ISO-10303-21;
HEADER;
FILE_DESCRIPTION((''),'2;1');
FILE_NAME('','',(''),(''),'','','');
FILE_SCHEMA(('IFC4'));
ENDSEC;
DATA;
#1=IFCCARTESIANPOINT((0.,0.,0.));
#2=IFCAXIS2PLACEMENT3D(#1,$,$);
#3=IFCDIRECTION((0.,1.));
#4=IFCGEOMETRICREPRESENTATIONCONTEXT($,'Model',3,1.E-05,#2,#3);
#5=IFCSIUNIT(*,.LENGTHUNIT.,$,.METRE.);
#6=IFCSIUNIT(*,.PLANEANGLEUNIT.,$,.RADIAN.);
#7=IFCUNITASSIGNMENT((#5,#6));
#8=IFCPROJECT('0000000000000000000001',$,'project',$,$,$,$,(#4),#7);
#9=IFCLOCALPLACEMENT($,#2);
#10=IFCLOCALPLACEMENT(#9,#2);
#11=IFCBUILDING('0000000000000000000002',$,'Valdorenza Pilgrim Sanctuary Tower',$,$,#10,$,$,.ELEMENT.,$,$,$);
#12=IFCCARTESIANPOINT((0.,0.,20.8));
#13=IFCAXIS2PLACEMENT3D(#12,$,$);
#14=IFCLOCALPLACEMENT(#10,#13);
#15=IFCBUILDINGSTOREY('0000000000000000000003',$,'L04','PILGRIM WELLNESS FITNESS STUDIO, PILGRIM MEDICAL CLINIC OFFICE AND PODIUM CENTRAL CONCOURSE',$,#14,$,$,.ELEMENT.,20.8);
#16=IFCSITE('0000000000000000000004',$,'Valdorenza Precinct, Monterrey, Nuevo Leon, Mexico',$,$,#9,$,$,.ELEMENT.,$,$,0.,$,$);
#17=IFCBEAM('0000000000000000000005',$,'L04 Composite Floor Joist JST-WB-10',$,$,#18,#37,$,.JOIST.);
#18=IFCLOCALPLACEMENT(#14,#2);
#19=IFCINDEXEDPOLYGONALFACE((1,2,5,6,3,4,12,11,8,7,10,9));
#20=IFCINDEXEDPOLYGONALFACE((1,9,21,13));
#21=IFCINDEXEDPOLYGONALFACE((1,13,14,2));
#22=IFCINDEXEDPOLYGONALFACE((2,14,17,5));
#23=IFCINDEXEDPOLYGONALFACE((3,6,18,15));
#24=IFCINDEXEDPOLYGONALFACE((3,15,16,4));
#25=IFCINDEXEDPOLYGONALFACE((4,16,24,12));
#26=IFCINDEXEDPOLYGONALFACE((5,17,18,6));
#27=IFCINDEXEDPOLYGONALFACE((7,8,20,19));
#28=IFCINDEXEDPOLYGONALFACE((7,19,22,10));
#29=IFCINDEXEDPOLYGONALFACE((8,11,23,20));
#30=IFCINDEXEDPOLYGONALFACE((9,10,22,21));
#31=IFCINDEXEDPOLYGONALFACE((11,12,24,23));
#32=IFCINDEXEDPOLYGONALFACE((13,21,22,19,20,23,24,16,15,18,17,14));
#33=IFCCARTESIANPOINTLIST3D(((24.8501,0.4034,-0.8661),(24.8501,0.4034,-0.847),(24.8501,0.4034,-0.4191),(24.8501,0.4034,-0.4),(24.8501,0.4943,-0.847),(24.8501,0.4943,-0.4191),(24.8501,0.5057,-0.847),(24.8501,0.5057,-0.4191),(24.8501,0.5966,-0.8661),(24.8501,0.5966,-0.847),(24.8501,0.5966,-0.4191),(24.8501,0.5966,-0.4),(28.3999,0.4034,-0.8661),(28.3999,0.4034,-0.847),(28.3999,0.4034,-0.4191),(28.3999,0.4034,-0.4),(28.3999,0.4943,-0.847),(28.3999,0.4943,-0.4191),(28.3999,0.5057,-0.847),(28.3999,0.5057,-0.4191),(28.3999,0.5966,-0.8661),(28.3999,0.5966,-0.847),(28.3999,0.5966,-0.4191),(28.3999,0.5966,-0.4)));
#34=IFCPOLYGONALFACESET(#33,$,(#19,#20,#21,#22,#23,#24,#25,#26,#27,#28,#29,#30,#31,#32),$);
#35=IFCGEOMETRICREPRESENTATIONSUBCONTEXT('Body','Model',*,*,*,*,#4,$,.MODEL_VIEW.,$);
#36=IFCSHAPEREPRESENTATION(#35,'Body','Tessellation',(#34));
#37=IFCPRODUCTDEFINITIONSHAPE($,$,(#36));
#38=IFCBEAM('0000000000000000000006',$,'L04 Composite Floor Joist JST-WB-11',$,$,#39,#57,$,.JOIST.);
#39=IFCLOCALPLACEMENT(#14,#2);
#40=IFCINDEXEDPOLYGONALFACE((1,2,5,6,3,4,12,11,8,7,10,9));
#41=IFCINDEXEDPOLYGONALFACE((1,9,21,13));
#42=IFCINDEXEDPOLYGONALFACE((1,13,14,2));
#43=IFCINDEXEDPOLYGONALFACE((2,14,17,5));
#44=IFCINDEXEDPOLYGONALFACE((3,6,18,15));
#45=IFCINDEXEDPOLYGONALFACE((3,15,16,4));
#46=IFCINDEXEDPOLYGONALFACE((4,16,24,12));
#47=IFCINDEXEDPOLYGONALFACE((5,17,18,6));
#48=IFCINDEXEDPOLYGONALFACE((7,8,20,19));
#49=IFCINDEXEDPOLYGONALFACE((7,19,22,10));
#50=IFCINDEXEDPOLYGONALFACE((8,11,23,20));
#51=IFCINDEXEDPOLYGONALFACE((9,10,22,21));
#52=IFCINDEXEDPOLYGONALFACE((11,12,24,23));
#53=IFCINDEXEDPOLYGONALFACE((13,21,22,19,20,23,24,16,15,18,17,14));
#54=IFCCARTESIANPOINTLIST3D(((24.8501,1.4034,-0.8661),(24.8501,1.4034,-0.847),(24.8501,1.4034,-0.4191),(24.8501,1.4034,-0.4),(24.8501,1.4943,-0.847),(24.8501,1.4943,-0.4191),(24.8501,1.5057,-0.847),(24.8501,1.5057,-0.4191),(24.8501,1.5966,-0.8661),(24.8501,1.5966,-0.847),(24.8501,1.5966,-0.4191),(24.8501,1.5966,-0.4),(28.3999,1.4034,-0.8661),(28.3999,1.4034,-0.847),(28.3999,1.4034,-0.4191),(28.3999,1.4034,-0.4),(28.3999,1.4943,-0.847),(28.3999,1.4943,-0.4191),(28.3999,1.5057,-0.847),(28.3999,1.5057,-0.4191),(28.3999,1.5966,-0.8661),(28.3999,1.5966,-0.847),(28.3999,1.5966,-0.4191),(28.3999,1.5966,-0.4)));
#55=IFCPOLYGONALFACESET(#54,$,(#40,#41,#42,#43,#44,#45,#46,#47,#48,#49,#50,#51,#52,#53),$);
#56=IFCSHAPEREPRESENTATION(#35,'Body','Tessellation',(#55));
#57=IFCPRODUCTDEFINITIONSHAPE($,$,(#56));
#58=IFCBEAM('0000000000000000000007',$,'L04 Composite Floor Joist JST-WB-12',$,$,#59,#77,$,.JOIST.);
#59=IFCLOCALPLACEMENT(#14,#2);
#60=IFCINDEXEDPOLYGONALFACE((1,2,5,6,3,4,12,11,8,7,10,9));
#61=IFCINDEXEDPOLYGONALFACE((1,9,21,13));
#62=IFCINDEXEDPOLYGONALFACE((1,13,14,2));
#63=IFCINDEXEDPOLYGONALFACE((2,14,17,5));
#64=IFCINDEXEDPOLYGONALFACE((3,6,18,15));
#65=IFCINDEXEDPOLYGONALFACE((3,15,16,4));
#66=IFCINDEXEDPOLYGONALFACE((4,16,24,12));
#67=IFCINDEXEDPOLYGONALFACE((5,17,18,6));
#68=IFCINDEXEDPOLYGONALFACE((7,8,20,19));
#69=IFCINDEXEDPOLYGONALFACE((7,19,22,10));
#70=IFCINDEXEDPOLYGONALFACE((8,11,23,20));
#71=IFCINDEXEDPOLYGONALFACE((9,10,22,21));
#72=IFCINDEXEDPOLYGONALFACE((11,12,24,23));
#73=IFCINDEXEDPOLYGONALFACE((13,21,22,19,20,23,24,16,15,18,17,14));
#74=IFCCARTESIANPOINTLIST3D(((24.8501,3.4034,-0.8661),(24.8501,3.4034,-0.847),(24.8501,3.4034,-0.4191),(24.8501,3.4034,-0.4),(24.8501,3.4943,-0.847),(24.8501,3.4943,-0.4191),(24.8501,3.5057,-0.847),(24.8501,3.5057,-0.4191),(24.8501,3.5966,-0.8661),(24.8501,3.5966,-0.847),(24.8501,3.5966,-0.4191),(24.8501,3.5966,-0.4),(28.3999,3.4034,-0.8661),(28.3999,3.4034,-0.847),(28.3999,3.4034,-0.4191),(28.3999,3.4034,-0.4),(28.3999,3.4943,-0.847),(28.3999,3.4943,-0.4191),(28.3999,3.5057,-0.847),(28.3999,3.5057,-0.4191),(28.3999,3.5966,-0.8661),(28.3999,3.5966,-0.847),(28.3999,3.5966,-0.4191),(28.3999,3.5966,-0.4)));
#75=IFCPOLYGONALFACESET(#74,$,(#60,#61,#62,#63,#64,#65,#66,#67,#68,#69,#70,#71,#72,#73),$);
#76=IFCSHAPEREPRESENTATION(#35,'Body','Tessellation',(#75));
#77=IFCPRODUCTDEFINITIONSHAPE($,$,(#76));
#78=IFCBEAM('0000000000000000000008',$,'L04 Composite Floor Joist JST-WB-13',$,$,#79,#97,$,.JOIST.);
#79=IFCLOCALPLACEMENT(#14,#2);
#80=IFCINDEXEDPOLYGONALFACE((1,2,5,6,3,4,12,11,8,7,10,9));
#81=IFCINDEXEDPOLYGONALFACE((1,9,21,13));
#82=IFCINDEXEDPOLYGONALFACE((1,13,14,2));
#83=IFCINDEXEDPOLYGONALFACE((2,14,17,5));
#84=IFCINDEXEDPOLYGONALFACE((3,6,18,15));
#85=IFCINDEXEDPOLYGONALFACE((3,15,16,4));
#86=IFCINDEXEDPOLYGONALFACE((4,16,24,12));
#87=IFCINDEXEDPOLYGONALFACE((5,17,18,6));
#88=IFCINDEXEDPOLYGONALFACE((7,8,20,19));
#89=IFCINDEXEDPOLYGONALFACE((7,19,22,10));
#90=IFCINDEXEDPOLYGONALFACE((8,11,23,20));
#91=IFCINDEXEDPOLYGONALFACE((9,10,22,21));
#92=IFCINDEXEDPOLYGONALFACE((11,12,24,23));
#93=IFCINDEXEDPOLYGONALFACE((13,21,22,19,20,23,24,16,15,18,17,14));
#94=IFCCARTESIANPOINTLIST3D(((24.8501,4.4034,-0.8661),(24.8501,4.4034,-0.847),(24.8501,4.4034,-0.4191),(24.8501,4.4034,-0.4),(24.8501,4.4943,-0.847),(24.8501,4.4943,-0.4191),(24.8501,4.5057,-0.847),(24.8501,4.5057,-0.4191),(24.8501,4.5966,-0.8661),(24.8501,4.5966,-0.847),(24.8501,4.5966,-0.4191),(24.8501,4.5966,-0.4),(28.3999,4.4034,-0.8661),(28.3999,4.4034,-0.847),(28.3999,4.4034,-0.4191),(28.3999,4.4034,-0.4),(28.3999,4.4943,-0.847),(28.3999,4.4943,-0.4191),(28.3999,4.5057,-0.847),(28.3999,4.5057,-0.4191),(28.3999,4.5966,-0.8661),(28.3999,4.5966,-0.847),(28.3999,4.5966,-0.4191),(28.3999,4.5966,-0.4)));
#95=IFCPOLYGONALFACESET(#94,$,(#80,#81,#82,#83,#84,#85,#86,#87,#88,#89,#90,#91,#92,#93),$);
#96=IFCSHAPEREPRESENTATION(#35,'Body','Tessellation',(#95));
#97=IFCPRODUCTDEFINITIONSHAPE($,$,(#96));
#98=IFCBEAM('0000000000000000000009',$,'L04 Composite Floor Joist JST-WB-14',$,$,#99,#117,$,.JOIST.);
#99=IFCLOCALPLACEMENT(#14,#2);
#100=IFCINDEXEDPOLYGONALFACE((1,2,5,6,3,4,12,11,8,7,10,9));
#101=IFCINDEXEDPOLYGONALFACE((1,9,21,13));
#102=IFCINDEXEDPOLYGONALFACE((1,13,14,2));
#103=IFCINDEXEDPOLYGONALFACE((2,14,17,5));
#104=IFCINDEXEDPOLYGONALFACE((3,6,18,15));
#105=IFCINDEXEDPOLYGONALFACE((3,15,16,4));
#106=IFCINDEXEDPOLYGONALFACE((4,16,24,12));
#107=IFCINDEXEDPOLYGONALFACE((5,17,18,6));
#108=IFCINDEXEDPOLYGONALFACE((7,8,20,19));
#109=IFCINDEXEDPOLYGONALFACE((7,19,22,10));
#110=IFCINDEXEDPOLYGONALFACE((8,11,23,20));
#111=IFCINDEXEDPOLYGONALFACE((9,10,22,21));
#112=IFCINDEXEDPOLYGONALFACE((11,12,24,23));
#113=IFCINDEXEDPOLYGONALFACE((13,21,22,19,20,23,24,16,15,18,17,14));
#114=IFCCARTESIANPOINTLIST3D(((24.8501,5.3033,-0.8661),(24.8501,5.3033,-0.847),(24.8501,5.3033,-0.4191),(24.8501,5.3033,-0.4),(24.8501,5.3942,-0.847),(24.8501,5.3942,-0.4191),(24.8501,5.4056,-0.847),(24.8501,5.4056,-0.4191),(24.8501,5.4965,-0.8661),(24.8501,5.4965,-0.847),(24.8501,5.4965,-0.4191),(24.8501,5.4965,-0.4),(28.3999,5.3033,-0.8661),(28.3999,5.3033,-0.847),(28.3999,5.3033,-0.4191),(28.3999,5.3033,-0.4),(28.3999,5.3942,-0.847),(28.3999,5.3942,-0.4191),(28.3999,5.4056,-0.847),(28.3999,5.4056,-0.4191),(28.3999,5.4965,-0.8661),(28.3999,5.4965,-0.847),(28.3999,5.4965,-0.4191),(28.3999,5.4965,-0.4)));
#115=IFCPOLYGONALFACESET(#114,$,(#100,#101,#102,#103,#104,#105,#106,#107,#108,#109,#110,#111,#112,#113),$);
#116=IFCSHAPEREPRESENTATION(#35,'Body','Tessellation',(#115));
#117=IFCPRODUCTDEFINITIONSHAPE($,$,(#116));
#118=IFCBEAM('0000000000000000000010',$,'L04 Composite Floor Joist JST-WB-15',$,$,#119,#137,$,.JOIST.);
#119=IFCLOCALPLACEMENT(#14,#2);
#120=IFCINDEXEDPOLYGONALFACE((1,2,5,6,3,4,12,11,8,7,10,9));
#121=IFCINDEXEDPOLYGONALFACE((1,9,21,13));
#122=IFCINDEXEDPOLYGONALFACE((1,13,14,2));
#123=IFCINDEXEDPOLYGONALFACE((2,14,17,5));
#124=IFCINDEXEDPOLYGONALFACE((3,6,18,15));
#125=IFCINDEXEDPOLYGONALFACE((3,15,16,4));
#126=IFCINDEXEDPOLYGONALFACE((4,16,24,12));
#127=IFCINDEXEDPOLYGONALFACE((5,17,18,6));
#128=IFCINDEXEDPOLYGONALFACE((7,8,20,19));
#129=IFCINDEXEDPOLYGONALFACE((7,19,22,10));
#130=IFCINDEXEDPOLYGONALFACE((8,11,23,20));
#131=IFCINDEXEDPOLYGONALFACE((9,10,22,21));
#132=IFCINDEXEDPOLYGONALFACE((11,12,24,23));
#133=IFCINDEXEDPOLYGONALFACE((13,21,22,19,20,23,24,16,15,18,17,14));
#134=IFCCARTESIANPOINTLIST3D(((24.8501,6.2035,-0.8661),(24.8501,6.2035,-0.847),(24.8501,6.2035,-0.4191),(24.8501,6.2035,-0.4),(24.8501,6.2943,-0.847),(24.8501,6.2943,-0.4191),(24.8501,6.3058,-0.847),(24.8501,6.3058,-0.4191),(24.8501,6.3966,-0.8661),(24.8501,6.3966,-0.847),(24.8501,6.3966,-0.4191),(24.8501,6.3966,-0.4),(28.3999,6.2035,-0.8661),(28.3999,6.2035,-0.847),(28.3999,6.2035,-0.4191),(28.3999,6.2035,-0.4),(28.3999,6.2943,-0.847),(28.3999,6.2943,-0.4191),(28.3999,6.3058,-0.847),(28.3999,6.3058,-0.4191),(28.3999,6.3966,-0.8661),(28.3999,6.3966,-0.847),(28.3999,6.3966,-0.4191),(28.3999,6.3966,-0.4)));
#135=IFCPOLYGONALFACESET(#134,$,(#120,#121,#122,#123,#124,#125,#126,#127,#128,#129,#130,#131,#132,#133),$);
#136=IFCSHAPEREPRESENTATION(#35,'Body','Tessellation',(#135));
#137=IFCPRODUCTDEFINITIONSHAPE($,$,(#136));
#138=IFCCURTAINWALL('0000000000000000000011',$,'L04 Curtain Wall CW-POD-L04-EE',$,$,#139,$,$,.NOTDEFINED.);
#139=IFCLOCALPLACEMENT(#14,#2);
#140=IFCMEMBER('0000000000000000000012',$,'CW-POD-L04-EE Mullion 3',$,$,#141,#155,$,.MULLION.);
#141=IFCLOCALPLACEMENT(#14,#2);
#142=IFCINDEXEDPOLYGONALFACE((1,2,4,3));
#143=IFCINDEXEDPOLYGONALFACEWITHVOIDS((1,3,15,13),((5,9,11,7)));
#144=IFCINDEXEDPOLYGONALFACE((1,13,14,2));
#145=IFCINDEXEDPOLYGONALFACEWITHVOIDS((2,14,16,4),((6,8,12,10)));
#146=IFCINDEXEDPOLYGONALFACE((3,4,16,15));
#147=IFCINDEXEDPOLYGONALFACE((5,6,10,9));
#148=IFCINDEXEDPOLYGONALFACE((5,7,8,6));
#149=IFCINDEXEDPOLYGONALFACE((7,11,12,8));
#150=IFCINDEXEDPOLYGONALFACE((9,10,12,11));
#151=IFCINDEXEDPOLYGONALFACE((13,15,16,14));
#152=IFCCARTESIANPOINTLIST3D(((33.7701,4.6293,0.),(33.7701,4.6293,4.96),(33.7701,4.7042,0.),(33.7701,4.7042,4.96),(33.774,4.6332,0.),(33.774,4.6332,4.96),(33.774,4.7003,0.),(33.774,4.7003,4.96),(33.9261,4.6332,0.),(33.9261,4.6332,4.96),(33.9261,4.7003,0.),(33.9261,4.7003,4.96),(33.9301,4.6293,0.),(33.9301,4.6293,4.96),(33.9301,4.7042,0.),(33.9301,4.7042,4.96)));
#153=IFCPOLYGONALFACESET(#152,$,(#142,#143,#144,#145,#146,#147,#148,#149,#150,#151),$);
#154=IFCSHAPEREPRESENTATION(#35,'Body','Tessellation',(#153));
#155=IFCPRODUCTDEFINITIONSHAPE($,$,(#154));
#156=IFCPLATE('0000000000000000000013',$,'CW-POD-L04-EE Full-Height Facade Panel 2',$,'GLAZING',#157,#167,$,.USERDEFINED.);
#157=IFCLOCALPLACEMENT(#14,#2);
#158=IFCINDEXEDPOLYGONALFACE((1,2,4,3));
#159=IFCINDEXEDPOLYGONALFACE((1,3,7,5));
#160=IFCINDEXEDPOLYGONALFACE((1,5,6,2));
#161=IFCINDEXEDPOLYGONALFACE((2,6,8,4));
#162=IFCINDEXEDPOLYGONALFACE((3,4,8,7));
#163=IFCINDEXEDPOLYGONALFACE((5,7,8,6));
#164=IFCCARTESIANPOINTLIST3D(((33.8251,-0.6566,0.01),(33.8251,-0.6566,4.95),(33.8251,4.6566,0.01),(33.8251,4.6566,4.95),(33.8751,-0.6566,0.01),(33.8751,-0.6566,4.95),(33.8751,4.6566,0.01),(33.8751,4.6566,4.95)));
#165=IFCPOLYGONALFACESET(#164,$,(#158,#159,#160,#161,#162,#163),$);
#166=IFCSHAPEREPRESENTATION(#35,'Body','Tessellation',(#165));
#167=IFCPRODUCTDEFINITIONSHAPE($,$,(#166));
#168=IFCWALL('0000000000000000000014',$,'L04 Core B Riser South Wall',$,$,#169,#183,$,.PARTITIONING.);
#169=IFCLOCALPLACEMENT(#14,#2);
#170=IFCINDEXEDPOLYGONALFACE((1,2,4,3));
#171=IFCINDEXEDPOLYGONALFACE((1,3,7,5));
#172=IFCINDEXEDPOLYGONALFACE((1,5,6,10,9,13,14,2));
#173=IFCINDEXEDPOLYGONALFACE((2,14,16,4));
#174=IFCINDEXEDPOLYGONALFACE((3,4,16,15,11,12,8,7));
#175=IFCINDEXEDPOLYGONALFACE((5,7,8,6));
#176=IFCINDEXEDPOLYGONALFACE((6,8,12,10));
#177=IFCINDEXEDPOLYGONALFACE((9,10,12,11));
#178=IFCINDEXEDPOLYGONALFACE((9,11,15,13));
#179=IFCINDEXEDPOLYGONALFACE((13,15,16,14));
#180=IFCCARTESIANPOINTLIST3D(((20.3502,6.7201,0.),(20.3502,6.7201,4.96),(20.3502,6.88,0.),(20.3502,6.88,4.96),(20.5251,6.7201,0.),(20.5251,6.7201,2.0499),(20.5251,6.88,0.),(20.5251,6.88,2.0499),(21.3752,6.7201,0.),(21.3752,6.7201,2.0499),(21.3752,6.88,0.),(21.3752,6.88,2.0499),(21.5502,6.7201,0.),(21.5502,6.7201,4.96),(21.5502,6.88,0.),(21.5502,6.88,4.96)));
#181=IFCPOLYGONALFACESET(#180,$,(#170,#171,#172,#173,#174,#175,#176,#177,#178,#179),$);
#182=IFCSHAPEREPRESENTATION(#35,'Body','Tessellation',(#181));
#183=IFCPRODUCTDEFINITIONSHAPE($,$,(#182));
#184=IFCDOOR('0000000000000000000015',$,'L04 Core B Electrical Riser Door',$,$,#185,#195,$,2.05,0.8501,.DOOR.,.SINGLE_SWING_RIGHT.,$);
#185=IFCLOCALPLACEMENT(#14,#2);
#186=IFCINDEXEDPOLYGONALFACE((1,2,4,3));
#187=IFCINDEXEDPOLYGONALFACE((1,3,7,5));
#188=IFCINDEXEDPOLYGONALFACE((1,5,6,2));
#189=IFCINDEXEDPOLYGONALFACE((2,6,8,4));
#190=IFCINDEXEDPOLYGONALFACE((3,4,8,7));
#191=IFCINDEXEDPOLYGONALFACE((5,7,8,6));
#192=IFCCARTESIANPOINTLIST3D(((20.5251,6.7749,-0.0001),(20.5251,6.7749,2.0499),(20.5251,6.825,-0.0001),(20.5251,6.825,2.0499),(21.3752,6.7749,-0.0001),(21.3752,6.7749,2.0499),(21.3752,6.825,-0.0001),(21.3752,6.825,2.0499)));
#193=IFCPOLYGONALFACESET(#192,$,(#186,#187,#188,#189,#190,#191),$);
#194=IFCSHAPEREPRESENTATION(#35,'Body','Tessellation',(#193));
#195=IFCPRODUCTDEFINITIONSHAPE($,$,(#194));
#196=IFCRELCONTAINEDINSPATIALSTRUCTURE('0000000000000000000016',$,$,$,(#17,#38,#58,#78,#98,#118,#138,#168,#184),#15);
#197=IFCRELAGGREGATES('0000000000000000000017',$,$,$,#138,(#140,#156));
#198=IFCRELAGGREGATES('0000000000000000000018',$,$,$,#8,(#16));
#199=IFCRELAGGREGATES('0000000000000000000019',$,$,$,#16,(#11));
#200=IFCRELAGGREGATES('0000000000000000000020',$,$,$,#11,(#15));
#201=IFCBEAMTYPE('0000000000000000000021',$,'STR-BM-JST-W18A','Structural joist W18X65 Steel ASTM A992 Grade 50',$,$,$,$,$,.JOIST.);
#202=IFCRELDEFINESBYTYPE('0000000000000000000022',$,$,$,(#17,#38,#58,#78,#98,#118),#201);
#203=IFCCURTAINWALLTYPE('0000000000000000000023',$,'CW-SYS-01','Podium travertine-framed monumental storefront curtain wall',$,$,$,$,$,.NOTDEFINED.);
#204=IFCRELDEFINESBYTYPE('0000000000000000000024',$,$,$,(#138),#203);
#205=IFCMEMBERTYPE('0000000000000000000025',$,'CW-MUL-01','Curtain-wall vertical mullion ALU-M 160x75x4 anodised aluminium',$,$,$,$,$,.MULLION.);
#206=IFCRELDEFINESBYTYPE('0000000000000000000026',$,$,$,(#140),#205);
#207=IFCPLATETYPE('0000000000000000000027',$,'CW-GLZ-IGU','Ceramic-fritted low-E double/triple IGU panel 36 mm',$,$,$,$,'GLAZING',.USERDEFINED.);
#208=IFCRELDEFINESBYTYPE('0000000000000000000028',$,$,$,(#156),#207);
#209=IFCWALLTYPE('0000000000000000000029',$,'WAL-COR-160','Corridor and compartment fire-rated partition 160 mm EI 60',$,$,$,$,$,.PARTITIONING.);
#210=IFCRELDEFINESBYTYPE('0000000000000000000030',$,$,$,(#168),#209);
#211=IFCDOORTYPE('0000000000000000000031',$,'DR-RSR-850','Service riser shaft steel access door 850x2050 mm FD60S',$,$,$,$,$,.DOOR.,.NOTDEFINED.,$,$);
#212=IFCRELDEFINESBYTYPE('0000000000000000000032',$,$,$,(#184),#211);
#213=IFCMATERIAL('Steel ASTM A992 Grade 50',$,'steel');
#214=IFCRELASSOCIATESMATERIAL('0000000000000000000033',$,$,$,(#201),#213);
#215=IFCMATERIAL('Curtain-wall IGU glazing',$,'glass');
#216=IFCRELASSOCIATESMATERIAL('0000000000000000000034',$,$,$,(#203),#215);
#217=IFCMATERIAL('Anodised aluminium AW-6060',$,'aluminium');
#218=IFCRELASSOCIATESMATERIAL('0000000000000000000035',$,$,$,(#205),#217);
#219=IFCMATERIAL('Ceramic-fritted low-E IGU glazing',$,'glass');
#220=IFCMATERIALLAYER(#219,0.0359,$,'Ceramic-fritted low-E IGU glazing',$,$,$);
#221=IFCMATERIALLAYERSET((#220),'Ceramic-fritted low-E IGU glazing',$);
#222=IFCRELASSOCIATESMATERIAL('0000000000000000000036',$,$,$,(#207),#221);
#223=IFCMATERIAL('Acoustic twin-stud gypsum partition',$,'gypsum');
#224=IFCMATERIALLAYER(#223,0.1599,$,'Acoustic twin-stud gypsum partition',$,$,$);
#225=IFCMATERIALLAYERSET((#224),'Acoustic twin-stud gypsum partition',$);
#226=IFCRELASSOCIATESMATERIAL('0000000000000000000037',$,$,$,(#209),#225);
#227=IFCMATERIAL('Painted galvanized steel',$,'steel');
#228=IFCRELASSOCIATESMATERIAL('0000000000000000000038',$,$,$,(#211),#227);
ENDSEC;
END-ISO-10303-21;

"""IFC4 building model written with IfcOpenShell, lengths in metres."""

from ifc_helpers import new_model, si_unit, direction, frame, frame_2d, origin, origin_2d, place, context, subcontext, project, spatial, rectangle, hollow_rectangle, i_section, extrude, source, transform, mapped, material, layer, layer_set, material_profile, profile_set, type_object, element, fill, aggregate, save


model = new_model("IFC4")

# Units and contexts
model_context = context("Model", 3, precision=1e-05, world=origin(), true_north=direction((0.0, 1.0)))
body_context = subcontext(model_context, "Body", "Model", "MODEL_VIEW")
ifc_project = project(units=[si_unit("LENGTHUNIT", "METRE"), si_unit("PLANEANGLEUNIT", "RADIAN")], contexts=[model_context])

# Site, building, storey
site_placement = place(None, origin())
site = spatial("IfcSite", under=ifc_project, at=site_placement, Name="Valdorenza Precinct, Monterrey, Nuevo Leon, Mexico", CompositionType="ELEMENT", RefElevation=0.0)
building_placement = place(site_placement, origin())
building = spatial("IfcBuilding", under=site, at=building_placement, Name="Valdorenza Pilgrim Sanctuary Tower", CompositionType="ELEMENT")
storey_placement = place(building_placement, frame((0.0, 0.0, 20.8)))
storey = spatial("IfcBuildingStorey", under=building, at=storey_placement, Name="L04", Description="PILGRIM WELLNESS FITNESS STUDIO, PILGRIM MEDICAL CLINIC OFFICE AND PODIUM CENTRAL CONCOURSE", CompositionType="ELEMENT", Elevation=20.8)

# Beams
ifc_material_1 = material(Name="Steel ASTM A992 Grade 50", Category="steel")
ifc_material_profile_1 = material_profile(ifc_material_1, i_section(OverallWidth=0.1931, OverallDepth=0.4661, WebThickness=0.0115, FlangeThickness=0.019, at=origin_2d()), Name="W18X65")
ifc_profile_set_1 = profile_set([ifc_material_profile_1], Name="Steel ASTM A992 Grade 50")
beam_type = type_object("IfcBeamType", Name="STR-BM-JST-W18A", Description="Structural joist W18X65 Steel ASTM A992 Grade 50", PredefinedType="JOIST", material=ifc_profile_set_1)
shared_shape_1 = source(origin(), body_context, "Body", "SweptSolid", [
    extrude(i_section(OverallWidth=0.1931, OverallDepth=0.4661, WebThickness=0.0115, FlangeThickness=0.019, at=origin_2d()), origin(), (0.0, 0.0, 1.0), 3.5498),
])
for number, where, z_axis, x_axis, name in (
    (1, (24.8501, 0.5, -0.6331), (1.0, 0.0, 0.0), (0.0, 1.0, 0.0), "L04 Composite Floor Joist JST-WB-10"),
    (2, (24.8501, 1.5, -0.6331), (1.0, 0.0, 0.0), (0.0, 1.0, 0.0), "L04 Composite Floor Joist JST-WB-11"),
    (3, (24.8501, 3.5, -0.6331), (1.0, 0.0, 0.0), (0.0, 1.0, 0.0), "L04 Composite Floor Joist JST-WB-12"),
    (4, (24.8501, 4.5, -0.6331), (1.0, 0.0, 0.0), (0.0, 1.0, 0.0), "L04 Composite Floor Joist JST-WB-13"),
    (5, (24.8501, 5.3999, -0.6331), (1.0, 0.0, 0.0), (0.0, 1.0, 0.0), "L04 Composite Floor Joist JST-WB-14"),
    (6, (24.8501, 6.3, -0.6331), (1.0, 0.0, 0.0), (0.0, 1.0, 0.0), "L04 Composite Floor Joist JST-WB-15"),
):
    element("IfcBeam", number, at=place(storey_placement, frame(where, z_axis=z_axis, x_axis=x_axis)), inside=storey, type_object=beam_type, Name=name, PredefinedType="JOIST", context=body_context, shape_type="MappedRepresentation", body=[
        mapped(shared_shape_1, transform((0.0, 0.0, 0.0), x_axis=(1.0, 0.0, 0.0), y_axis=(0.0, 1.0, 0.0), z_axis=(0.0, 0.0, 1.0), scale=1.0)),
    ])

# Curtain wall, member, plate
ifc_material_2 = material(Name="Curtain-wall IGU glazing", Category="glass")
curtain_wall_type = type_object("IfcCurtainWallType", Name="CW-SYS-01", Description="Podium travertine-framed monumental storefront curtain wall", PredefinedType="NOTDEFINED", material=ifc_material_2)
curtain_wall_placement = place(storey_placement, origin())
curtain_wall = element("IfcCurtainWall", 7, at=curtain_wall_placement, inside=storey, type_object=curtain_wall_type, Name="L04 Curtain Wall CW-POD-L04-EE", PredefinedType="NOTDEFINED")
ifc_material_3 = material(Name="Anodised aluminium AW-6060", Category="aluminium")
ifc_material_profile_2 = material_profile(ifc_material_3, hollow_rectangle(XDim=0.075, YDim=0.1599, WallThickness=0.0039, at=origin_2d()), Name="ALU-M 160x75x4")
ifc_profile_set_2 = profile_set([ifc_material_profile_2], Name="Anodised aluminium AW-6060")
member_type = type_object("IfcMemberType", Name="CW-MUL-01", Description="Curtain-wall vertical mullion ALU-M 160x75x4 anodised aluminium", PredefinedType="MULLION", material=ifc_profile_set_2)
shared_shape_2 = source(origin(), body_context, "Body", "SweptSolid", [
    extrude(hollow_rectangle(XDim=0.075, YDim=0.1599, WallThickness=0.0039, at=origin_2d()), origin(), (0.0, 0.0, 1.0), 4.96),
])
member_placement = place(storey_placement, frame((33.8501, 4.6667, 0.0), z_axis=(0.0, 0.0, 1.0), x_axis=(0.0, 1.0, 0.0)))
member = element("IfcMember", 8, at=member_placement, type_object=member_type, Name="CW-POD-L04-EE Mullion 3", PredefinedType="MULLION", context=body_context, shape_type="MappedRepresentation", body=[
    mapped(shared_shape_2, transform((0.0, 0.0, 0.0), x_axis=(1.0, 0.0, 0.0), y_axis=(0.0, 1.0, 0.0), z_axis=(0.0, 0.0, 1.0), scale=1.0)),
])
ifc_material_4 = material(Name="Ceramic-fritted low-E IGU glazing", Category="glass")
ifc_layer_1 = layer(ifc_material_4, 0.0359, Name="Ceramic-fritted low-E IGU glazing")
ifc_layer_set_1 = layer_set([ifc_layer_1], Name="Ceramic-fritted low-E IGU glazing")
plate_type = type_object("IfcPlateType", Name="CW-GLZ-IGU", Description="Ceramic-fritted low-E double/triple IGU panel 36 mm", ElementType="GLAZING", PredefinedType="USERDEFINED", material=ifc_layer_set_1)
shared_shape_3 = source(origin(), body_context, "Body", "SweptSolid", [
    extrude(rectangle(XDim=5.3132, YDim=0.05, at=origin_2d()), origin(), (0.0, 0.0, 1.0), 4.9399),
])
plate_placement = place(storey_placement, frame((33.8501, 2.0, 0.01), z_axis=(0.0, 0.0, 1.0), x_axis=(0.0, 1.0, 0.0)))
plate = element("IfcPlate", 9, at=plate_placement, type_object=plate_type, Name="CW-POD-L04-EE Full-Height Facade Panel 2", ObjectType="GLAZING", PredefinedType="USERDEFINED", context=body_context, shape_type="MappedRepresentation", body=[
    mapped(shared_shape_3, transform((0.0, 0.0, 0.0), x_axis=(1.0, 0.0, 0.0), y_axis=(0.0, 1.0, 0.0), z_axis=(0.0, 0.0, 1.0), scale=1.0)),
])
aggregate(curtain_wall, [member, plate])

# Wall, opening, door
ifc_material_5 = material(Name="Acoustic twin-stud gypsum partition", Category="gypsum")
ifc_layer_2 = layer(ifc_material_5, 0.1599, Name="Acoustic twin-stud gypsum partition")
ifc_layer_set_2 = layer_set([ifc_layer_2], Name="Acoustic twin-stud gypsum partition")
wall_type_1 = type_object("IfcWallType", Name="WAL-COR-160", Description="Corridor and compartment fire-rated partition 160 mm EI 60", PredefinedType="PARTITIONING", material=ifc_layer_set_2)
wall_1_placement = place(storey_placement, frame((20.3501, 6.8, 0.0), z_axis=(0.0, 0.0, 1.0), x_axis=(1.0, 0.0, 0.0)))
wall_1 = element("IfcWall", 10, at=wall_1_placement, inside=storey, type_object=wall_type_1, Name="L04 Core B Riser South Wall", PredefinedType="PARTITIONING", context=body_context, shape_type="SweptSolid", body=[
    extrude(rectangle(XDim=1.2, YDim=0.1599, at=frame_2d((0.6001, 0.0))), origin(), (0.0, 0.0, 1.0), 4.96),
])
opening_1_placement = place(wall_1_placement, frame((0.175, 0.0, 0.0)))
opening_1 = element("IfcOpeningElement", 11, at=opening_1_placement, cuts=wall_1, PredefinedType="OPENING", context=body_context, shape_type="SweptSolid", body=[
    extrude(rectangle(XDim=0.8501, YDim=2.05, at=frame_2d((0.425, 1.0249))), frame((0.0, 0.0947, 0.0), z_axis=(0.0, -1.0, 0.0), x_axis=(1.0, 0.0, 0.0)), (0.0, 0.0, 1.0), 0.1897),
])
ifc_material_6 = material(Name="Painted galvanized steel", Category="steel")
door_type_1 = type_object("IfcDoorType", Name="DR-RSR-850", Description="Service riser shaft steel access door 850x2050 mm FD60S", OperationType="NOTDEFINED", PredefinedType="DOOR", material=ifc_material_6)
door_1_placement = place(opening_1_placement, origin())
door_1 = element("IfcDoor", 12, at=door_1_placement, inside=storey, type_object=door_type_1, Name="L04 Core B Electrical Riser Door", OperationType="SINGLE_SWING_RIGHT", OverallHeight=2.05, OverallWidth=0.8501, PredefinedType="DOOR", context=body_context, shape_type="SweptSolid", body=[
    extrude(rectangle(XDim=0.8501, YDim=2.05, at=frame_2d((0.425, 1.0249))), frame((0.0, 0.0249, 0.0), z_axis=(0.0, -1.0, 0.0), x_axis=(1.0, 0.0, 0.0)), (0.0, 0.0, 1.0), 0.05),
])
fill(opening_1, door_1)

save(model, "model.ifc")
